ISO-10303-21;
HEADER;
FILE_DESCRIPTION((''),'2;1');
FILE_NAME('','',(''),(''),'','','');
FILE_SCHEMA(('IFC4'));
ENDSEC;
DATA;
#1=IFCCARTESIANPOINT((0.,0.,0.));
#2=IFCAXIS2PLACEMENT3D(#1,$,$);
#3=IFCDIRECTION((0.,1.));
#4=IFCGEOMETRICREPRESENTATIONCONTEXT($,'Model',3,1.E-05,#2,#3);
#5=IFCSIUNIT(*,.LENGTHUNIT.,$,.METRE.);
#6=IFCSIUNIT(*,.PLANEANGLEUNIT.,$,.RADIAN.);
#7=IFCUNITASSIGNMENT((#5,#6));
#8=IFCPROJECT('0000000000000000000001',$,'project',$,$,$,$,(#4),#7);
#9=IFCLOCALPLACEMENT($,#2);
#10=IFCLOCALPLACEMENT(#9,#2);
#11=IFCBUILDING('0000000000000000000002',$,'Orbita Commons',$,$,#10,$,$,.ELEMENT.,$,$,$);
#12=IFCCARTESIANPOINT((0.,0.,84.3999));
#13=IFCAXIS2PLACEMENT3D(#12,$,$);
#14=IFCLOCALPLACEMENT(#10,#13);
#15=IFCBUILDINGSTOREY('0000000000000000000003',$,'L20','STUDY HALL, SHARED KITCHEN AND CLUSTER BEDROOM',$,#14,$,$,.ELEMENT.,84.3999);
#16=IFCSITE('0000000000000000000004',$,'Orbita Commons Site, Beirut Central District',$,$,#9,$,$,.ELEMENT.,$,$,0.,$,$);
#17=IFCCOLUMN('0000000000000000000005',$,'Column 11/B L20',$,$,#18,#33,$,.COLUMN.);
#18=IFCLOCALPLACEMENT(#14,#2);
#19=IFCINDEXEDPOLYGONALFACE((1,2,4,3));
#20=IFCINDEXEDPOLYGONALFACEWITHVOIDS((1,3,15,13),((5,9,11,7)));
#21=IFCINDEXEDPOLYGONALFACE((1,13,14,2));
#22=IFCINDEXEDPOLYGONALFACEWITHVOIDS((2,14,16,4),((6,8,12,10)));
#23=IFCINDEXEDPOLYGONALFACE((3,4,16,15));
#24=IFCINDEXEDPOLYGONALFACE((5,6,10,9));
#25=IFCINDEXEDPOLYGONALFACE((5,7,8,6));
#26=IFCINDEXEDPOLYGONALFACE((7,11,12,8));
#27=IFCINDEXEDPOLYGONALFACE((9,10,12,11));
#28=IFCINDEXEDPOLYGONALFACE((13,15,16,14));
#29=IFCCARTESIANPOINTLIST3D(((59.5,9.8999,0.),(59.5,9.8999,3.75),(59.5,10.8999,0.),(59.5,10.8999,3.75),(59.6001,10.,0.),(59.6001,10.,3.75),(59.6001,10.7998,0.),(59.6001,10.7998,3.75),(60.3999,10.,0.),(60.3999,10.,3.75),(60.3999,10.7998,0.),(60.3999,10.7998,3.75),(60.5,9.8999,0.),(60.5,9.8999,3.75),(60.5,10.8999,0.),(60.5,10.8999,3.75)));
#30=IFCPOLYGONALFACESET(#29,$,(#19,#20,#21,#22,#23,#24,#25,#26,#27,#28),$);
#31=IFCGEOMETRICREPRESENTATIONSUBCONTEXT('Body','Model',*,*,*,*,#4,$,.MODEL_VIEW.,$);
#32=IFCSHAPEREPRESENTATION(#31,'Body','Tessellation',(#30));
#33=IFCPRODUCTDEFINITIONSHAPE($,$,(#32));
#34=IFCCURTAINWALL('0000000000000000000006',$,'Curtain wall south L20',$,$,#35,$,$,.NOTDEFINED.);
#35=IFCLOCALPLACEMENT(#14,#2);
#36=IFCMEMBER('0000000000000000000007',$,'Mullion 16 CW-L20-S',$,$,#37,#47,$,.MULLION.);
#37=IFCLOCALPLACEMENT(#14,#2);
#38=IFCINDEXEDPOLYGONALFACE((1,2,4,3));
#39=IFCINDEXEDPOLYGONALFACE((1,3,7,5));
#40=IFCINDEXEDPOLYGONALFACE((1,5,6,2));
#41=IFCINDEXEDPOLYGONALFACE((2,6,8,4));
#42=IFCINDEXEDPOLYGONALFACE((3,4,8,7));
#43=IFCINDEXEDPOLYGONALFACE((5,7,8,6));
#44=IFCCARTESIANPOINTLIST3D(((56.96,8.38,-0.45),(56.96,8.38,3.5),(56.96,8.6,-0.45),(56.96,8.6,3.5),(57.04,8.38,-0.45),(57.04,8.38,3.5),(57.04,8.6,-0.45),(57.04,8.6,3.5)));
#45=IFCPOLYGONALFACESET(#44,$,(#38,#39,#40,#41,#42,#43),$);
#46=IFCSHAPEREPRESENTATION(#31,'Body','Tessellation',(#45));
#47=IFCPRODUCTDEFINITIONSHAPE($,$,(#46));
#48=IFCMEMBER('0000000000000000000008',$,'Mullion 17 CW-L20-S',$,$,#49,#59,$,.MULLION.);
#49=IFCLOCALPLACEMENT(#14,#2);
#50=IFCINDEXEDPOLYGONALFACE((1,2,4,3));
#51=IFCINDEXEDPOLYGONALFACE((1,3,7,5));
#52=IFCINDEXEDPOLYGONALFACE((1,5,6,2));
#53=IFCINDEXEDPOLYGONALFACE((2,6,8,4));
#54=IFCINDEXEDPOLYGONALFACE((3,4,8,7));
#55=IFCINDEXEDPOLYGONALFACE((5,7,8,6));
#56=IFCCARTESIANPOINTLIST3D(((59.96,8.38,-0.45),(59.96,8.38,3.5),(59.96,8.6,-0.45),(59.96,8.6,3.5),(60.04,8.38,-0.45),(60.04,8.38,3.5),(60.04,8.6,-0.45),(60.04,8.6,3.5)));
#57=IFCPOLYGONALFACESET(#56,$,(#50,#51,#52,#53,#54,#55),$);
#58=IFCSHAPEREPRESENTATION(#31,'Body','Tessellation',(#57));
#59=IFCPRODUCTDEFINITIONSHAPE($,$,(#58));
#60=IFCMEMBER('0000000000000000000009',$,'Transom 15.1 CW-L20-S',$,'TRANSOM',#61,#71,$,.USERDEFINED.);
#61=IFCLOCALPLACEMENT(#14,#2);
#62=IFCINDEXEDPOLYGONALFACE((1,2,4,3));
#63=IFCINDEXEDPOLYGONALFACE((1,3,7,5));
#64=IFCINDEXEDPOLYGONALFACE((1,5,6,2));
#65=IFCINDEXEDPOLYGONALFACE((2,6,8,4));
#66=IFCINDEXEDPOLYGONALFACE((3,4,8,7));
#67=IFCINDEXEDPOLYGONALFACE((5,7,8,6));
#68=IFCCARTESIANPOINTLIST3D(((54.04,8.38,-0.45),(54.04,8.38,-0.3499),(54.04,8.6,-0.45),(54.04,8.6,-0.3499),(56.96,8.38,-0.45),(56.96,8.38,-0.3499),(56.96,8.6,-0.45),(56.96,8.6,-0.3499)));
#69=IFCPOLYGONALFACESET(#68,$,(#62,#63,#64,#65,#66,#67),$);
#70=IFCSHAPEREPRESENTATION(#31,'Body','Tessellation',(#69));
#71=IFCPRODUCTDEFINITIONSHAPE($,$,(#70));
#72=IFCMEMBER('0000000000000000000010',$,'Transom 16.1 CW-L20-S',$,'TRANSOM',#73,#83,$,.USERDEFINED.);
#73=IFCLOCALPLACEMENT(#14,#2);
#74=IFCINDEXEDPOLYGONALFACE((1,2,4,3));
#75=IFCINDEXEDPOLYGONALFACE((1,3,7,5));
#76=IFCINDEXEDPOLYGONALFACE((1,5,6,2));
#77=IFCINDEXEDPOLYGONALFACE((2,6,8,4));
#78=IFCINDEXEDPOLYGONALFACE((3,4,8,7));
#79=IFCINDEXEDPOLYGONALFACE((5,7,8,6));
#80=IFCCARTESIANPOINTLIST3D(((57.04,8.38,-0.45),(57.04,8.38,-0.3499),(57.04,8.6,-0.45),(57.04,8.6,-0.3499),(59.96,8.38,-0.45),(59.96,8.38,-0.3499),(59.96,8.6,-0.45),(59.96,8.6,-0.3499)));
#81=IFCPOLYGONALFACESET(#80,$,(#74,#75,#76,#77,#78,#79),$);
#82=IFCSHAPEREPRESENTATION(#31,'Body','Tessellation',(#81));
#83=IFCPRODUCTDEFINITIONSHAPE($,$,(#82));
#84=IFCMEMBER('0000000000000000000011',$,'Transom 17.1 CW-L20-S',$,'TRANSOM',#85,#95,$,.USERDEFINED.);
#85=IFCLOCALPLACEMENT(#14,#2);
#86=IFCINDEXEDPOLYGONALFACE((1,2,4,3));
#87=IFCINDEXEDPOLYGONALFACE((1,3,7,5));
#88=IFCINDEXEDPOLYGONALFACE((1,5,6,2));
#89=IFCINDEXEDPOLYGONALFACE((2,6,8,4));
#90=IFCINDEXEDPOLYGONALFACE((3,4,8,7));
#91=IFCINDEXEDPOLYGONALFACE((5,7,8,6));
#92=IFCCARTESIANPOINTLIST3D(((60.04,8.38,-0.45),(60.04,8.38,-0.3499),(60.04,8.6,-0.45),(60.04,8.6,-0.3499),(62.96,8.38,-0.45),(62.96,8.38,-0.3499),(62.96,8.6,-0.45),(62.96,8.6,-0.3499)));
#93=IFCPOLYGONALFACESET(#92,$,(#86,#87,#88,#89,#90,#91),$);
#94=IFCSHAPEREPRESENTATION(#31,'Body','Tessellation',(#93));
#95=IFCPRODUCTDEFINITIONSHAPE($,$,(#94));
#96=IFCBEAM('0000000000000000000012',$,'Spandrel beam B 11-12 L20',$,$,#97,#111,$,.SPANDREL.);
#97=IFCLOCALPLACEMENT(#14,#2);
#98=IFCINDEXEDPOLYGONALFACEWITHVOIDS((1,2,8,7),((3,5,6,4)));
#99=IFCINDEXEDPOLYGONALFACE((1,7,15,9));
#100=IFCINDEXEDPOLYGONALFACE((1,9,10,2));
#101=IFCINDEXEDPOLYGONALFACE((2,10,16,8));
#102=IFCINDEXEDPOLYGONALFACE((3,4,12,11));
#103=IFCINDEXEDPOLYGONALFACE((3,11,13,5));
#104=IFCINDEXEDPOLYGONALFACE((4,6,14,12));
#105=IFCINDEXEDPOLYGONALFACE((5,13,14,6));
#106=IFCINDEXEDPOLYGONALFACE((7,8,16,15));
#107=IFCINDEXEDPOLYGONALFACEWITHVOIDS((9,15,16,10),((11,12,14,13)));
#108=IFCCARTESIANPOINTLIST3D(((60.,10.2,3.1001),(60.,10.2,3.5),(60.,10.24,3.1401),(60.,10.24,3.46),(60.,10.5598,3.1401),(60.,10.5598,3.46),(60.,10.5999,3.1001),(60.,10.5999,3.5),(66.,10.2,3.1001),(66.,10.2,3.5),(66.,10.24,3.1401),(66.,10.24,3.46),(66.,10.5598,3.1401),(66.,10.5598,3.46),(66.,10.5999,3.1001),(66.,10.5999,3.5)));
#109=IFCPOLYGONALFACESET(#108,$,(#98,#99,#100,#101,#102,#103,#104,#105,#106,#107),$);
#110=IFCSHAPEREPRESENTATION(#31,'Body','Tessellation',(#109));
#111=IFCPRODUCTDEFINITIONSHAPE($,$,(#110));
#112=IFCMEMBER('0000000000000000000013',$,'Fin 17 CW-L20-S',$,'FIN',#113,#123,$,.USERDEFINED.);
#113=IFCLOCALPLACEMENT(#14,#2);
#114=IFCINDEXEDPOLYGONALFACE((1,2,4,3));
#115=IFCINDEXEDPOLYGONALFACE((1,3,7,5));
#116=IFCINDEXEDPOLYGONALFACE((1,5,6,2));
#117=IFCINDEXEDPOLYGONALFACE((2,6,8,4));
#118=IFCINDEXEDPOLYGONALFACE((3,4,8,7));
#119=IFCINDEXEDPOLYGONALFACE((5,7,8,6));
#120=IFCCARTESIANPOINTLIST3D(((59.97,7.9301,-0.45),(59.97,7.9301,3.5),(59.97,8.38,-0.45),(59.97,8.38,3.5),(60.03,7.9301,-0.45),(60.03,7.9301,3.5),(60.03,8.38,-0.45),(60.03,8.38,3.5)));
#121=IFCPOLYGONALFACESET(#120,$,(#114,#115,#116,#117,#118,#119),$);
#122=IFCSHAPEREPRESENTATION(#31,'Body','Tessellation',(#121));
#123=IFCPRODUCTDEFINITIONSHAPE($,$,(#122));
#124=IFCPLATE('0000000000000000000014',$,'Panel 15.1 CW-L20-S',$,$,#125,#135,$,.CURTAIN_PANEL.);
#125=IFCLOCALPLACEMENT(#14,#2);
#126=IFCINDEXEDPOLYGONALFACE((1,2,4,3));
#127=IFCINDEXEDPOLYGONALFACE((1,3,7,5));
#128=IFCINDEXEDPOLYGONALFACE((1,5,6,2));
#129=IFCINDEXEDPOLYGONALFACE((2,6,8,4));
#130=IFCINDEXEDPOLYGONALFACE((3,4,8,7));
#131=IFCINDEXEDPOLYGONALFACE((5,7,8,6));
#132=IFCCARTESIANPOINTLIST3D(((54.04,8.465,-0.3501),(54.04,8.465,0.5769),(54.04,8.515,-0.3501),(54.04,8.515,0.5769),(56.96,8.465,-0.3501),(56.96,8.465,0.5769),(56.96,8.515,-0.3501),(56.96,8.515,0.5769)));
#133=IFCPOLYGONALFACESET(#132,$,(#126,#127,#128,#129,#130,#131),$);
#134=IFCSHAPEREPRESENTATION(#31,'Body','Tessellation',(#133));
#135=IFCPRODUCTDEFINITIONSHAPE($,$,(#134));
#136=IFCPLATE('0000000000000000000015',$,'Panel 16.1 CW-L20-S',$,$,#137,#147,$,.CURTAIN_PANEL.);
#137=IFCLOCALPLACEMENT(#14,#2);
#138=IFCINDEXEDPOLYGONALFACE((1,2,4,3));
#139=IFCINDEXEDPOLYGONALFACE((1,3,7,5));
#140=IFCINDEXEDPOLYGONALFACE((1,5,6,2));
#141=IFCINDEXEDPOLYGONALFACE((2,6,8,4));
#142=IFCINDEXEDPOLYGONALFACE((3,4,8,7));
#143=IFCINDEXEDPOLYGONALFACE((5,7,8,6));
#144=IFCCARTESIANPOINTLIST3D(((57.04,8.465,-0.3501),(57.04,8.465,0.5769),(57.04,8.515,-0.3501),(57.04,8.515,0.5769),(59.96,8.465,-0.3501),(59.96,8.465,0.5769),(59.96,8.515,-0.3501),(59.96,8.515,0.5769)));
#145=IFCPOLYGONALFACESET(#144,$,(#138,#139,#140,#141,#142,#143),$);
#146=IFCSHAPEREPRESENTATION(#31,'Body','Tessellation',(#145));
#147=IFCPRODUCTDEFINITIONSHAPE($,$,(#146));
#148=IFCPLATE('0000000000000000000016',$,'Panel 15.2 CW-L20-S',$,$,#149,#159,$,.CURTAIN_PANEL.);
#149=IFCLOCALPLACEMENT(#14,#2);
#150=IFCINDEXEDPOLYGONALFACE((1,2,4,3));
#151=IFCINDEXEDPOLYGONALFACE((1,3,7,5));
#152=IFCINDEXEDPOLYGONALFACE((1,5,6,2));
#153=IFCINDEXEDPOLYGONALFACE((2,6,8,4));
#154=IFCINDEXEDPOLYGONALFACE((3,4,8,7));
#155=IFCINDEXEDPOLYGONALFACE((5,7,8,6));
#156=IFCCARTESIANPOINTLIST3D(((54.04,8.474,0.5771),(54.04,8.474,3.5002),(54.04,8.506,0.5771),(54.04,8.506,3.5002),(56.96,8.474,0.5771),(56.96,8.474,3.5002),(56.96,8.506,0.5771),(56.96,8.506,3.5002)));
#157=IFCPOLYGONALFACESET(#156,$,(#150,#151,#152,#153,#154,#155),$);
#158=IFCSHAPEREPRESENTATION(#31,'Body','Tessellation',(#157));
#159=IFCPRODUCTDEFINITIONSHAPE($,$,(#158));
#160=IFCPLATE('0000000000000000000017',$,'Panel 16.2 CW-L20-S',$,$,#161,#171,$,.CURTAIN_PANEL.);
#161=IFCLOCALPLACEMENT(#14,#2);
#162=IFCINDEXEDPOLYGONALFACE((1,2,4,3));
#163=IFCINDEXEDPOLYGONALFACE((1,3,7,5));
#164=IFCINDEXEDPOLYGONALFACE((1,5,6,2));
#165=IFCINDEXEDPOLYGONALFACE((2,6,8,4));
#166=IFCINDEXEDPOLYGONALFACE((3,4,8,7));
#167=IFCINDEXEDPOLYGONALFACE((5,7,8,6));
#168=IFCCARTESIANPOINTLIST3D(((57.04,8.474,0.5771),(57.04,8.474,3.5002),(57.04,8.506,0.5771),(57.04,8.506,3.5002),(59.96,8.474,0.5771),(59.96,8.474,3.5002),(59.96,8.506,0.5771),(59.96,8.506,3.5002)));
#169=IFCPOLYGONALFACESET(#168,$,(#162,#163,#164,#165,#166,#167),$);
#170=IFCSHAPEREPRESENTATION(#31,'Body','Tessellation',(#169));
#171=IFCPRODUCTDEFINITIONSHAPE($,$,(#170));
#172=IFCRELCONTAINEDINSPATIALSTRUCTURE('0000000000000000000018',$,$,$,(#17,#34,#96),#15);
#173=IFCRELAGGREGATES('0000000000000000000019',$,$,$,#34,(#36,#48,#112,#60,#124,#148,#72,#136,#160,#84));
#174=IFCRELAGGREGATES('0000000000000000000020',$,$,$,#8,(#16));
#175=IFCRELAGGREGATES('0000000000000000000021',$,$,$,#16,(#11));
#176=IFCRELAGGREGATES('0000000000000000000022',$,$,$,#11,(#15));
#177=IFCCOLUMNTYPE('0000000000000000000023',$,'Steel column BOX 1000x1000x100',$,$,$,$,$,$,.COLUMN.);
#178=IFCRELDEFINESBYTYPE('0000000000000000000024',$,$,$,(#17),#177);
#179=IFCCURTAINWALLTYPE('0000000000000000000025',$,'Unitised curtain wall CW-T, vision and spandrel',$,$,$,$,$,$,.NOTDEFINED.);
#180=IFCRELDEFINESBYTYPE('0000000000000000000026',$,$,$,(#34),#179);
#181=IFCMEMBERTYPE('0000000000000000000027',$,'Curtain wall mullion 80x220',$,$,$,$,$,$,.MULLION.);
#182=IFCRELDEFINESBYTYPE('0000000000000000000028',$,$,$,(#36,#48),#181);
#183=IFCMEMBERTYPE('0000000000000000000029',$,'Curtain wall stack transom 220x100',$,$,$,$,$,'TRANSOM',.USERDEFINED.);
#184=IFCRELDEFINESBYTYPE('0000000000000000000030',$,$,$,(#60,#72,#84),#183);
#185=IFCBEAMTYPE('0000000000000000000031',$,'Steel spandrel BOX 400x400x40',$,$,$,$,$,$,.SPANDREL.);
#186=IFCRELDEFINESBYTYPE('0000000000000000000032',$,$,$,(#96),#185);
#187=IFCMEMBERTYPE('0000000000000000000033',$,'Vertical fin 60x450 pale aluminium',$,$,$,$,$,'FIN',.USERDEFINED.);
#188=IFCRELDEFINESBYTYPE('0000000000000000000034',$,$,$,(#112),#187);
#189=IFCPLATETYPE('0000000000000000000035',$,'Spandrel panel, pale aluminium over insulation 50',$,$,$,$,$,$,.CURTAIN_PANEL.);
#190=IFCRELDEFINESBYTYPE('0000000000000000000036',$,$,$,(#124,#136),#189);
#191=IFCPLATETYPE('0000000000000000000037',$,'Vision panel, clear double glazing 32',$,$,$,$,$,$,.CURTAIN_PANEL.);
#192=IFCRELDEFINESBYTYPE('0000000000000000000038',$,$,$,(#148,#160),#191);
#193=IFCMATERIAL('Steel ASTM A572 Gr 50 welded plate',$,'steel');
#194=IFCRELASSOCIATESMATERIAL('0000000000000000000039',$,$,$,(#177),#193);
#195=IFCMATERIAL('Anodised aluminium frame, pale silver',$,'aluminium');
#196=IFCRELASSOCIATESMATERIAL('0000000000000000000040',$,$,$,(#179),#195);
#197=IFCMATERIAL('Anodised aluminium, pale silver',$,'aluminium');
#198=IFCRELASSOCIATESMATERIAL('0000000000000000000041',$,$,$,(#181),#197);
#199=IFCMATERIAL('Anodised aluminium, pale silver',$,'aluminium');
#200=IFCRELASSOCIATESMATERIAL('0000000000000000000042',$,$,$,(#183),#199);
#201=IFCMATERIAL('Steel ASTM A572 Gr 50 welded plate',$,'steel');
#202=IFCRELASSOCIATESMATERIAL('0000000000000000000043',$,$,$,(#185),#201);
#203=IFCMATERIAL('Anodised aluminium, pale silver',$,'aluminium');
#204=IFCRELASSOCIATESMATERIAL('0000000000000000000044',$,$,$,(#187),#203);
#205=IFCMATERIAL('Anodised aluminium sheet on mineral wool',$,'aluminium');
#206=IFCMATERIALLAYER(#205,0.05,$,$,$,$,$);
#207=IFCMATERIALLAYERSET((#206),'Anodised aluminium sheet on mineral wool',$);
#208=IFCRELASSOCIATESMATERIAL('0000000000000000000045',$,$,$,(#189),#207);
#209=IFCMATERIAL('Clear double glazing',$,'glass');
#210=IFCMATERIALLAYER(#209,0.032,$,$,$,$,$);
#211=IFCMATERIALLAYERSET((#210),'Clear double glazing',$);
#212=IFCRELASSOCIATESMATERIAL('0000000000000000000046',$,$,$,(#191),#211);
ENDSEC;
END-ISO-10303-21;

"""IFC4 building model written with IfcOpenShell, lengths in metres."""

from ifc_helpers import new_model, si_unit, direction, frame, origin, origin_2d, place, context, subcontext, project, spatial, rectangle, hollow_rectangle, extrude, material, layer, layer_set, material_profile, profile_set, type_object, element, aggregate, save


model = new_model("IFC4")

# Units and contexts
model_context = context("Model", 3, precision=1e-05, world=origin(), true_north=direction((0.0, 1.0)))
body_context = subcontext(model_context, "Body", "Model", "MODEL_VIEW")
ifc_project = project(units=[si_unit("LENGTHUNIT", "METRE"), si_unit("PLANEANGLEUNIT", "RADIAN")], contexts=[model_context])

# Site, building, storey
site_placement = place(None, origin())
site = spatial("IfcSite", under=ifc_project, at=site_placement, Name="Orbita Commons Site, Beirut Central District", CompositionType="ELEMENT", RefElevation=0.0)
building_placement = place(site_placement, origin())
building = spatial("IfcBuilding", under=site, at=building_placement, Name="Orbita Commons", CompositionType="ELEMENT")
storey_placement = place(building_placement, frame((0.0, 0.0, 84.3999)))
storey = spatial("IfcBuildingStorey", under=building, at=storey_placement, Name="L20", Description="STUDY HALL, SHARED KITCHEN AND CLUSTER BEDROOM", CompositionType="ELEMENT", Elevation=84.3999)

# Column
ifc_material_1 = material(Name="Steel ASTM A572 Gr 50 welded plate", Category="steel")
ifc_material_profile_1 = material_profile(ifc_material_1, hollow_rectangle(XDim=1.0, YDim=1.0, WallThickness=0.1001, at=origin_2d()), Name="BOX 1000x1000x100")
ifc_profile_set_1 = profile_set([ifc_material_profile_1], Name="Steel ASTM A572 Gr 50 welded plate")
column_type = type_object("IfcColumnType", Name="Steel column BOX 1000x1000x100", PredefinedType="COLUMN", material=ifc_profile_set_1)
column_placement = place(storey_placement, frame((60.0, 10.3999, 0.0), z_axis=(0.0, 0.0, 1.0), x_axis=(1.0, 0.0, 0.0)))
element("IfcColumn", 1, at=column_placement, inside=storey, type_object=column_type, Name="Column 11/B L20", PredefinedType="COLUMN", context=body_context, shape_type="SweptSolid", body=[
    extrude(hollow_rectangle(XDim=1.0, YDim=1.0, WallThickness=0.1001, at=origin_2d()), origin(), (0.0, 0.0, 1.0), 3.75),
])

# Curtain wall, members
ifc_material_2 = material(Name="Anodised aluminium frame, pale silver", Category="aluminium")
curtain_wall_type = type_object("IfcCurtainWallType", Name="Unitised curtain wall CW-T, vision and spandrel", PredefinedType="NOTDEFINED", material=ifc_material_2)
curtain_wall_placement = place(storey_placement, origin())
curtain_wall = element("IfcCurtainWall", 2, at=curtain_wall_placement, inside=storey, type_object=curtain_wall_type, Name="Curtain wall south L20", PredefinedType="NOTDEFINED")
ifc_material_3 = material(Name="Anodised aluminium, pale silver", Category="aluminium")
ifc_material_profile_2 = material_profile(ifc_material_3, rectangle(XDim=0.0801, YDim=0.22, at=origin_2d()), Name="AL 80x220")
ifc_profile_set_2 = profile_set([ifc_material_profile_2], Name="Anodised aluminium, pale silver")
member_type_1 = type_object("IfcMemberType", Name="Curtain wall mullion 80x220", PredefinedType="MULLION", material=ifc_profile_set_2)
member_1_placement = place(storey_placement, frame((57.0, 8.49, -0.45), z_axis=(0.0, 0.0, 1.0), x_axis=(1.0, 0.0, 0.0)))
member_1 = element("IfcMember", 3, at=member_1_placement, type_object=member_type_1, Name="Mullion 16 CW-L20-S", PredefinedType="MULLION", context=body_context, shape_type="SweptSolid", body=[
    extrude(rectangle(XDim=0.0801, YDim=0.22, at=origin_2d()), origin(), (0.0, 0.0, 1.0), 3.95),
])
member_2_placement = place(storey_placement, frame((60.0, 8.49, -0.45), z_axis=(0.0, 0.0, 1.0), x_axis=(1.0, 0.0, 0.0)))
member_2 = element("IfcMember", 4, at=member_2_placement, type_object=member_type_1, Name="Mullion 17 CW-L20-S", PredefinedType="MULLION", context=body_context, shape_type="SweptSolid", body=[
    extrude(rectangle(XDim=0.0801, YDim=0.22, at=origin_2d()), origin(), (0.0, 0.0, 1.0), 3.95),
])
ifc_material_4 = material(Name="Anodised aluminium, pale silver", Category="aluminium")
ifc_material_profile_3 = material_profile(ifc_material_4, rectangle(XDim=0.22, YDim=0.1001, at=origin_2d()), Name="AL 220x100")
ifc_profile_set_3 = profile_set([ifc_material_profile_3], Name="Anodised aluminium, pale silver")
member_type_2 = type_object("IfcMemberType", Name="Curtain wall stack transom 220x100", ElementType="TRANSOM", PredefinedType="USERDEFINED", material=ifc_profile_set_3)
member_3_placement = place(storey_placement, frame((54.04, 8.49, -0.3999), z_axis=(1.0, 0.0, 0.0), x_axis=(0.0, 1.0, 0.0)))
member_3 = element("IfcMember", 5, at=member_3_placement, type_object=member_type_2, Name="Transom 15.1 CW-L20-S", ObjectType="TRANSOM", PredefinedType="USERDEFINED", context=body_context, shape_type="SweptSolid", body=[
    extrude(rectangle(XDim=0.22, YDim=0.1001, at=origin_2d()), origin(), (0.0, 0.0, 1.0), 2.9199),
])
member_4_placement = place(storey_placement, frame((57.04, 8.49, -0.3999), z_axis=(1.0, 0.0, 0.0), x_axis=(0.0, 1.0, 0.0)))
member_4 = element("IfcMember", 6, at=member_4_placement, type_object=member_type_2, Name="Transom 16.1 CW-L20-S", ObjectType="TRANSOM", PredefinedType="USERDEFINED", context=body_context, shape_type="SweptSolid", body=[
    extrude(rectangle(XDim=0.22, YDim=0.1001, at=origin_2d()), origin(), (0.0, 0.0, 1.0), 2.9199),
])
member_5_placement = place(storey_placement, frame((60.04, 8.49, -0.3999), z_axis=(1.0, 0.0, 0.0), x_axis=(0.0, 1.0, 0.0)))
member_5 = element("IfcMember", 7, at=member_5_placement, type_object=member_type_2, Name="Transom 17.1 CW-L20-S", ObjectType="TRANSOM", PredefinedType="USERDEFINED", context=body_context, shape_type="SweptSolid", body=[
    extrude(rectangle(XDim=0.22, YDim=0.1001, at=origin_2d()), origin(), (0.0, 0.0, 1.0), 2.9199),
])

# Beam
ifc_material_5 = material(Name="Steel ASTM A572 Gr 50 welded plate", Category="steel")
ifc_material_profile_4 = material_profile(ifc_material_5, hollow_rectangle(XDim=0.3999, YDim=0.3999, WallThickness=0.04, at=origin_2d()), Name="BOX 400x400x40")
ifc_profile_set_4 = profile_set([ifc_material_profile_4], Name="Steel ASTM A572 Gr 50 welded plate")
beam_type = type_object("IfcBeamType", Name="Steel spandrel BOX 400x400x40", PredefinedType="SPANDREL", material=ifc_profile_set_4)
beam_placement = place(storey_placement, frame((60.0, 10.3999, 3.3), z_axis=(1.0, 0.0, 0.0), x_axis=(0.0, 1.0, 0.0)))
element("IfcBeam", 8, at=beam_placement, inside=storey, type_object=beam_type, Name="Spandrel beam B 11-12 L20", PredefinedType="SPANDREL", context=body_context, shape_type="SweptSolid", body=[
    extrude(hollow_rectangle(XDim=0.3999, YDim=0.3999, WallThickness=0.04, at=origin_2d()), origin(), (0.0, 0.0, 1.0), 6.0),
])

# Member
ifc_material_6 = material(Name="Anodised aluminium, pale silver", Category="aluminium")
ifc_material_profile_5 = material_profile(ifc_material_6, rectangle(XDim=0.0601, YDim=0.45, at=origin_2d()), Name="FIN 60x450")
ifc_profile_set_5 = profile_set([ifc_material_profile_5], Name="Anodised aluminium, pale silver")
member_type_3 = type_object("IfcMemberType", Name="Vertical fin 60x450 pale aluminium", ElementType="FIN", PredefinedType="USERDEFINED", material=ifc_profile_set_5)
member_6_placement = place(storey_placement, frame((60.0, 8.155, -0.45), z_axis=(0.0, 0.0, 1.0), x_axis=(1.0, 0.0, 0.0)))
member_6 = element("IfcMember", 9, at=member_6_placement, type_object=member_type_3, Name="Fin 17 CW-L20-S", ObjectType="FIN", PredefinedType="USERDEFINED", context=body_context, shape_type="SweptSolid", body=[
    extrude(rectangle(XDim=0.0601, YDim=0.45, at=origin_2d()), origin(), (0.0, 0.0, 1.0), 3.95),
])

# Plates
ifc_material_7 = material(Name="Anodised aluminium sheet on mineral wool", Category="aluminium")
ifc_layer_1 = layer(ifc_material_7, 0.05)
ifc_layer_set_1 = layer_set([ifc_layer_1], Name="Anodised aluminium sheet on mineral wool")
plate_type_1 = type_object("IfcPlateType", Name="Spandrel panel, pale aluminium over insulation 50", PredefinedType="CURTAIN_PANEL", material=ifc_layer_set_1)
plate_1_placement = place(storey_placement, frame((55.5, 8.49, -0.3501), z_axis=(0.0, 0.0, 1.0), x_axis=(1.0, 0.0, 0.0)))
plate_1 = element("IfcPlate", 10, at=plate_1_placement, type_object=plate_type_1, Name="Panel 15.1 CW-L20-S", PredefinedType="CURTAIN_PANEL", context=body_context, shape_type="SweptSolid", body=[
    extrude(rectangle(XDim=2.9199, YDim=0.05, at=origin_2d()), origin(), (0.0, 0.0, 1.0), 0.927),
])
plate_2_placement = place(storey_placement, frame((58.5, 8.49, -0.3501), z_axis=(0.0, 0.0, 1.0), x_axis=(1.0, 0.0, 0.0)))
plate_2 = element("IfcPlate", 11, at=plate_2_placement, type_object=plate_type_1, Name="Panel 16.1 CW-L20-S", PredefinedType="CURTAIN_PANEL", context=body_context, shape_type="SweptSolid", body=[
    extrude(rectangle(XDim=2.9199, YDim=0.05, at=origin_2d()), origin(), (0.0, 0.0, 1.0), 0.927),
])
ifc_material_8 = material(Name="Clear double glazing", Category="glass")
ifc_layer_2 = layer(ifc_material_8, 0.032)
ifc_layer_set_2 = layer_set([ifc_layer_2], Name="Clear double glazing")
plate_type_2 = type_object("IfcPlateType", Name="Vision panel, clear double glazing 32", PredefinedType="CURTAIN_PANEL", material=ifc_layer_set_2)
plate_3_placement = place(storey_placement, frame((55.5, 8.49, 0.5771), z_axis=(0.0, 0.0, 1.0), x_axis=(1.0, 0.0, 0.0)))
plate_3 = element("IfcPlate", 12, at=plate_3_placement, type_object=plate_type_2, Name="Panel 15.2 CW-L20-S", PredefinedType="CURTAIN_PANEL", context=body_context, shape_type="SweptSolid", body=[
    extrude(rectangle(XDim=2.9199, YDim=0.032, at=origin_2d()), origin(), (0.0, 0.0, 1.0), 2.9231),
])
plate_4_placement = place(storey_placement, frame((58.5, 8.49, 0.5771), z_axis=(0.0, 0.0, 1.0), x_axis=(1.0, 0.0, 0.0)))
plate_4 = element("IfcPlate", 13, at=plate_4_placement, type_object=plate_type_2, Name="Panel 16.2 CW-L20-S", PredefinedType="CURTAIN_PANEL", context=body_context, shape_type="SweptSolid", body=[
    extrude(rectangle(XDim=2.9199, YDim=0.032, at=origin_2d()), origin(), (0.0, 0.0, 1.0), 2.9231),
])
aggregate(curtain_wall, [member_1, member_2, member_6, member_3, plate_1, plate_3, member_4, plate_2, plate_4, member_5])

save(model, "model.ifc")
